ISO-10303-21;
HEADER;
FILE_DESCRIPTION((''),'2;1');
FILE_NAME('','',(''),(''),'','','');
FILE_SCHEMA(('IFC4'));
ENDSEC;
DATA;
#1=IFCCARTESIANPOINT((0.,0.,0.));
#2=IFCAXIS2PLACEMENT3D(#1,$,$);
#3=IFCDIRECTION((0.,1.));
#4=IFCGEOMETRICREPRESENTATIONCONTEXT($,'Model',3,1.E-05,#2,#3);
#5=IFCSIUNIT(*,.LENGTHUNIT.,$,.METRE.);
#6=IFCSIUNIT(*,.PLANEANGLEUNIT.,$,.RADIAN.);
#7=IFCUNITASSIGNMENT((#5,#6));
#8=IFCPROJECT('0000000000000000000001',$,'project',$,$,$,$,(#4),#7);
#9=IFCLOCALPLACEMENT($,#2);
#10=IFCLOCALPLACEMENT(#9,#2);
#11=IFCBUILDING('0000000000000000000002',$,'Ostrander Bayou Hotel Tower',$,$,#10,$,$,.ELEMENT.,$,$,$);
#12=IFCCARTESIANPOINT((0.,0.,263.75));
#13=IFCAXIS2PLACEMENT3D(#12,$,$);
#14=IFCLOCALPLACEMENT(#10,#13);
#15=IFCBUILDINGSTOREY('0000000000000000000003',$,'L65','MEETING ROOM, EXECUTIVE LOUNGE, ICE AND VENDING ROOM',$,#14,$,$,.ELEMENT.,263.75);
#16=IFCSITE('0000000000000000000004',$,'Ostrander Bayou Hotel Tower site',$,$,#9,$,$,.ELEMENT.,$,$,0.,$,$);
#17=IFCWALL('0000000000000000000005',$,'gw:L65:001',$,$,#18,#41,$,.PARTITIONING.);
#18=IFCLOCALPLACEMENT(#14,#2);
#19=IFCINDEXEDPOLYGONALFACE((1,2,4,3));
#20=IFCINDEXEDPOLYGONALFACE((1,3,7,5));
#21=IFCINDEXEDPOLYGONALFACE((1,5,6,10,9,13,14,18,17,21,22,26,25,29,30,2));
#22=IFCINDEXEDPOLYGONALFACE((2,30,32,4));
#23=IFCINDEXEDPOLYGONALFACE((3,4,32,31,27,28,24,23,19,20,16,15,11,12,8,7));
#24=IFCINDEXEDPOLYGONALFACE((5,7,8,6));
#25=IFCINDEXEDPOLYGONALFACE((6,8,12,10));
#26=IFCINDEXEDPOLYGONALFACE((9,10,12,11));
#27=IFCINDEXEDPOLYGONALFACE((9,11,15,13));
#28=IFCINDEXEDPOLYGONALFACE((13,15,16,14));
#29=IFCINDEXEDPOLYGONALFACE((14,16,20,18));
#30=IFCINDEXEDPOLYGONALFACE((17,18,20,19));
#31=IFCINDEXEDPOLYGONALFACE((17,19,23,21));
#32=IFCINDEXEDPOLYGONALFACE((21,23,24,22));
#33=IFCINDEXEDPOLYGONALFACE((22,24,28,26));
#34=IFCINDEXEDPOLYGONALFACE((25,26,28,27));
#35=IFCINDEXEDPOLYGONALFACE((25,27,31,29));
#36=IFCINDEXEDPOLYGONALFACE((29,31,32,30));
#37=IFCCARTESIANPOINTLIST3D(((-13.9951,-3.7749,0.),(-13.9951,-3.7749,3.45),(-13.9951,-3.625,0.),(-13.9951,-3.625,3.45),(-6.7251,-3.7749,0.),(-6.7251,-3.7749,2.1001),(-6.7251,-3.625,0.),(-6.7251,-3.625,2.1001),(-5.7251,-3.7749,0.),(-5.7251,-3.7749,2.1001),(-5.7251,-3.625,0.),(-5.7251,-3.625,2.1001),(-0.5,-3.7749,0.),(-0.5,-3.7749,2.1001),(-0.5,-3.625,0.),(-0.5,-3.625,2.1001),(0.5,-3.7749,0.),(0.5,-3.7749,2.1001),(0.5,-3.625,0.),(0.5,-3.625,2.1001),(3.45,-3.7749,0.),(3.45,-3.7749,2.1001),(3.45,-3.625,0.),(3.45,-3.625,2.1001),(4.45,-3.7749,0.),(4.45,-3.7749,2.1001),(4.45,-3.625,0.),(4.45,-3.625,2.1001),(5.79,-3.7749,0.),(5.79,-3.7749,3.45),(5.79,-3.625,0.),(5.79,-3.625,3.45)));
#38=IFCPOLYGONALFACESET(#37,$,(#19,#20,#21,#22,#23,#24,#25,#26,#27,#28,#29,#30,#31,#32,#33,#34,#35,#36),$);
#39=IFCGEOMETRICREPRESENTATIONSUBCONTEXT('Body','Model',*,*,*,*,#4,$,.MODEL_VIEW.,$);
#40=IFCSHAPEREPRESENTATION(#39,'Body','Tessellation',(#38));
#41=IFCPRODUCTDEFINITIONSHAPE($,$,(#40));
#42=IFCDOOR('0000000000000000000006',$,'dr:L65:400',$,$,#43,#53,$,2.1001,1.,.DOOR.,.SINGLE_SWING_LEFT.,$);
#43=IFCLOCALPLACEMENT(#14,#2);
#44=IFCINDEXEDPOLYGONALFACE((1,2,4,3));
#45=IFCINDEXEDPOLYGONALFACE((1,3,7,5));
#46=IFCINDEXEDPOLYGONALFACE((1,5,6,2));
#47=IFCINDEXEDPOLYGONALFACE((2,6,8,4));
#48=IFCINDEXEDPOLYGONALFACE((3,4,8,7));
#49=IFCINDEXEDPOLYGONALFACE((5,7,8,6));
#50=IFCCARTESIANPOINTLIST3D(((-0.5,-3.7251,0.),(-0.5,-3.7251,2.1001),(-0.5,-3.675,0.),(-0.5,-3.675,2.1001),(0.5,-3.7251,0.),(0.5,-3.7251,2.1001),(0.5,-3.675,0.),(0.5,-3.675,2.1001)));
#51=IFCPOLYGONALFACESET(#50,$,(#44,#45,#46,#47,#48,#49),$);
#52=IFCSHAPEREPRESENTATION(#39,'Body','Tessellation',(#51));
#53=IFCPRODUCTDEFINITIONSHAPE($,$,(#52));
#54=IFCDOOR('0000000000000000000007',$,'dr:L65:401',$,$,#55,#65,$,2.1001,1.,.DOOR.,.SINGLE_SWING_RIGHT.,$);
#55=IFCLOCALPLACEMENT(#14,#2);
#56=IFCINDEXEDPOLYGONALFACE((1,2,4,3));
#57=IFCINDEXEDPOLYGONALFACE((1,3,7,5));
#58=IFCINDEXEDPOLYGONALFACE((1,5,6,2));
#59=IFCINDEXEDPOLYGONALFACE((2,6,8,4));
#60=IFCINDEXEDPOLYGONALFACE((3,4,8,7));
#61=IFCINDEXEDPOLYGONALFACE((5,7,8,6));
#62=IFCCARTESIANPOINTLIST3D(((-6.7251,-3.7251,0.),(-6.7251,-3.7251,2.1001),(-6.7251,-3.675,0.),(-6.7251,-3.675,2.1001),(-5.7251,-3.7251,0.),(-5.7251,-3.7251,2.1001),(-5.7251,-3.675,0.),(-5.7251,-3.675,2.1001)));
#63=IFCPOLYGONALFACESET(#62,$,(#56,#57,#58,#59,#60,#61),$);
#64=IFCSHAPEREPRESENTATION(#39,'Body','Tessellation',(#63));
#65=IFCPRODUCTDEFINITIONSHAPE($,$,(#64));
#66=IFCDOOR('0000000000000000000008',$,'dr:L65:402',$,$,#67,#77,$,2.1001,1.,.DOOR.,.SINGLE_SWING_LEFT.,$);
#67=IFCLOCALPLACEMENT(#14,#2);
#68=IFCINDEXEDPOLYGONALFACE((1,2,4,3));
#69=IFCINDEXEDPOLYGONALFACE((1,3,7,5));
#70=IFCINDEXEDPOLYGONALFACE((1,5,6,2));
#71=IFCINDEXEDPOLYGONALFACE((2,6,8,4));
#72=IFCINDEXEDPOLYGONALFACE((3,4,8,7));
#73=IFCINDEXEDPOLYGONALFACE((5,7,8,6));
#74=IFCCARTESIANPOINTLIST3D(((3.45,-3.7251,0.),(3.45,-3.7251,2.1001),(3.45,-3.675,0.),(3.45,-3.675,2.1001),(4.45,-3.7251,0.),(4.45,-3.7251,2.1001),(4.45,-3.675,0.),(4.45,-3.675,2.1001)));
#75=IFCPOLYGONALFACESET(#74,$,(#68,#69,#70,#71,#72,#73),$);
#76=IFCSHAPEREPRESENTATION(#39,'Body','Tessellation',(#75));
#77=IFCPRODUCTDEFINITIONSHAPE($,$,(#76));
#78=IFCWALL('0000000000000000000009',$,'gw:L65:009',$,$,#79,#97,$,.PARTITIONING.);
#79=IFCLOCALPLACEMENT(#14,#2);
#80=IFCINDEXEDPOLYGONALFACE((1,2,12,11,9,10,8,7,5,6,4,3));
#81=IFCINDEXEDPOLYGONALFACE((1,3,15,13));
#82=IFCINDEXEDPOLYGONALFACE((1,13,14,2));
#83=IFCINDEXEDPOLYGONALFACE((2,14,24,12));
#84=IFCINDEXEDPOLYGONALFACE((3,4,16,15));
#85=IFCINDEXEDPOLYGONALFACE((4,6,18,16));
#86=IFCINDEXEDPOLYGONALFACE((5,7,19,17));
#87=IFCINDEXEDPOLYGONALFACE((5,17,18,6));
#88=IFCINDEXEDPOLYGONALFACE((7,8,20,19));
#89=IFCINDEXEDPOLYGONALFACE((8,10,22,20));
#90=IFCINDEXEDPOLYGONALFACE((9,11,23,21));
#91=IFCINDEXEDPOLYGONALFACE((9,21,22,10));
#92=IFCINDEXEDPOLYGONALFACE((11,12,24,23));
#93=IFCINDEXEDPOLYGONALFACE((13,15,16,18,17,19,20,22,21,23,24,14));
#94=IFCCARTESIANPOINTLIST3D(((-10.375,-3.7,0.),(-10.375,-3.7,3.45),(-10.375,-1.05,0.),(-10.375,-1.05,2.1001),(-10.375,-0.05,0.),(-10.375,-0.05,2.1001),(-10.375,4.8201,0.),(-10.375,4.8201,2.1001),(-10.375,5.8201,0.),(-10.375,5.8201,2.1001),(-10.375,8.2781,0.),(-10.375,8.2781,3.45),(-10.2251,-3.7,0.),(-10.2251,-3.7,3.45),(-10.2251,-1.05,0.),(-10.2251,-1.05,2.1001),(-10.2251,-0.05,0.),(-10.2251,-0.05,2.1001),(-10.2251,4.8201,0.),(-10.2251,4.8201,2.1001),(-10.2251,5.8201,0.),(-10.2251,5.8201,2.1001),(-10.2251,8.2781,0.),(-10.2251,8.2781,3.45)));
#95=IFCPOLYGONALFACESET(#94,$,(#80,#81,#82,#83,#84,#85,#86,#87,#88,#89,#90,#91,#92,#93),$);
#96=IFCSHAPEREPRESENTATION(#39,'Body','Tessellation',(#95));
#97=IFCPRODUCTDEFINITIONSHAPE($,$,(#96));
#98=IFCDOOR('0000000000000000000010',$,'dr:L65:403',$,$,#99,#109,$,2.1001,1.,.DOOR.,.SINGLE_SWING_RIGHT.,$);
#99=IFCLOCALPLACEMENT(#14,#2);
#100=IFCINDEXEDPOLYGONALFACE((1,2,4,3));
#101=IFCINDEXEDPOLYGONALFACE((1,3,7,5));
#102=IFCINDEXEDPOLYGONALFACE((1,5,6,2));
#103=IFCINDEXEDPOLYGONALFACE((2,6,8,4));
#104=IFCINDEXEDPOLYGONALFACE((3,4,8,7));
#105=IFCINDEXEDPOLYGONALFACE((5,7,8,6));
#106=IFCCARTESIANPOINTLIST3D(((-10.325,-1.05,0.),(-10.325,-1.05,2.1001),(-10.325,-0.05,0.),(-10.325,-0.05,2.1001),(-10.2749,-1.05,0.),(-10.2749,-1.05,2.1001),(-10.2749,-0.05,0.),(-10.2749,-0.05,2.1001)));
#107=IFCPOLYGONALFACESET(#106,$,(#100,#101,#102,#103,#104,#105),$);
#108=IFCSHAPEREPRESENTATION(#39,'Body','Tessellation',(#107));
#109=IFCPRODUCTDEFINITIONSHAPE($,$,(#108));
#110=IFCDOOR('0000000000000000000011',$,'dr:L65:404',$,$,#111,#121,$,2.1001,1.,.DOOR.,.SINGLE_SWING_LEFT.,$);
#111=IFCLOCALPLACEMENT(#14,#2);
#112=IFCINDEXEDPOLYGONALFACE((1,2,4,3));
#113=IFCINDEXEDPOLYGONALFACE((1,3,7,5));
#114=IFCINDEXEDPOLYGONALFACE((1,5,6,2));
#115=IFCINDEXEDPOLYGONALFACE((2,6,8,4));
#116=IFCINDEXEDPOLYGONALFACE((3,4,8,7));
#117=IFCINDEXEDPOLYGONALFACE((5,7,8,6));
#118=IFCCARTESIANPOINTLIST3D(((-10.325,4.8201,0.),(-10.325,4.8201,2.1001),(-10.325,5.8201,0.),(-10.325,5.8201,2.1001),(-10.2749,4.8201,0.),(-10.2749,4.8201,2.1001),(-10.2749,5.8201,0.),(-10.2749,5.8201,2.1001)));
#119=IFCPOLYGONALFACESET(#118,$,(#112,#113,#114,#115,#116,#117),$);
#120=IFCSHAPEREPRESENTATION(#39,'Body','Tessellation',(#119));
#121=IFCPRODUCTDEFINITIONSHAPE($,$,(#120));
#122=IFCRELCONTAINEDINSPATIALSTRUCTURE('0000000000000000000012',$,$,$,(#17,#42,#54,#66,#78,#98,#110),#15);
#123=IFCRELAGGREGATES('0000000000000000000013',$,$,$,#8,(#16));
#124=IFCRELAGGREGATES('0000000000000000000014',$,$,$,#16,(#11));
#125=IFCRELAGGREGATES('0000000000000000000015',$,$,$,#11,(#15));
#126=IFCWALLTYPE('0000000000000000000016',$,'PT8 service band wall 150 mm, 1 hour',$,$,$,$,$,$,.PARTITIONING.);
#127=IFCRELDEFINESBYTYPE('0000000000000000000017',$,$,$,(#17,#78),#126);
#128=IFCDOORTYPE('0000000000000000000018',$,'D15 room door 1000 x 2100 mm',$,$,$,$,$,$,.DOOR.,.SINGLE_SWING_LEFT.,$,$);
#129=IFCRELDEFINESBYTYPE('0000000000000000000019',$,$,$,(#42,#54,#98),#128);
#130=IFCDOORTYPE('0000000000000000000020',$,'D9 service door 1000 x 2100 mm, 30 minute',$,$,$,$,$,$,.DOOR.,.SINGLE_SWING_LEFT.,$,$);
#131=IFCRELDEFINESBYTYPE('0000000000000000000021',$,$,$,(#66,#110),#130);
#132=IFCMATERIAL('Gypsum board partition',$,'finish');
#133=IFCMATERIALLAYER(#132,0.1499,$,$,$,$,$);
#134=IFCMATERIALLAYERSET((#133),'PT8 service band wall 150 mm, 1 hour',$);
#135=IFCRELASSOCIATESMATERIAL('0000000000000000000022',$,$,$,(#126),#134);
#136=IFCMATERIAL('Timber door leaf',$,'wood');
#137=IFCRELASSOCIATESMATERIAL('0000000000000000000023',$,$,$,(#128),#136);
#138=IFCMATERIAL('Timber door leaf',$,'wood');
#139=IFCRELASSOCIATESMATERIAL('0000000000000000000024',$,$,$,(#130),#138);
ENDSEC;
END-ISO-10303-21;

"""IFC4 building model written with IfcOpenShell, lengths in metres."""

from ifc_helpers import new_model, si_unit, direction, frame, frame_2d, origin, place, context, subcontext, project, spatial, rectangle, extrude, material, layer, layer_set, type_object, element, fill, save


model = new_model("IFC4")

# Units and contexts
model_context = context("Model", 3, precision=1e-05, world=origin(), true_north=direction((0.0, 1.0)))
body_context = subcontext(model_context, "Body", "Model", "MODEL_VIEW")
ifc_project = project(units=[si_unit("LENGTHUNIT", "METRE"), si_unit("PLANEANGLEUNIT", "RADIAN")], contexts=[model_context])

# Site, building, storey
site_placement = place(None, origin())
site = spatial("IfcSite", under=ifc_project, at=site_placement, Name="Ostrander Bayou Hotel Tower site", CompositionType="ELEMENT", RefElevation=0.0)
building_placement = place(site_placement, origin())
building = spatial("IfcBuilding", under=site, at=building_placement, Name="Ostrander Bayou Hotel Tower", CompositionType="ELEMENT")
storey_placement = place(building_placement, frame((0.0, 0.0, 263.75)))
storey = spatial("IfcBuildingStorey", under=building, at=storey_placement, Name="L65", Description="MEETING ROOM, EXECUTIVE LOUNGE, ICE AND VENDING ROOM", CompositionType="ELEMENT", Elevation=263.75)

# Walls, openings, doors
ifc_material_1 = material(Name="Gypsum board partition", Category="finish")
ifc_layer_1 = layer(ifc_material_1, 0.1499)
ifc_layer_set_1 = layer_set([ifc_layer_1], Name="PT8 service band wall 150 mm, 1 hour")
wall_type_1 = type_object("IfcWallType", Name="PT8 service band wall 150 mm, 1 hour", PredefinedType="PARTITIONING", material=ifc_layer_set_1)
wall_1_placement = place(storey_placement, frame((-13.9951, -3.7, 0.0), z_axis=(0.0, 0.0, 1.0), x_axis=(1.0, 0.0, 0.0)))
wall_1 = element("IfcWall", 1, at=wall_1_placement, inside=storey, type_object=wall_type_1, Name="gw:L65:001", PredefinedType="PARTITIONING", context=body_context, shape_type="SweptSolid", body=[
    extrude(rectangle(XDim=19.7852, YDim=0.1499, at=frame_2d((9.8926, 0.0))), origin(), (0.0, 0.0, 1.0), 3.45),
])
opening_1_placement = place(wall_1_placement, frame((13.4951, 0.0, 0.0)))
opening_1 = element("IfcOpeningElement", 2, at=opening_1_placement, cuts=wall_1, PredefinedType="OPENING", context=body_context, shape_type="SweptSolid", body=[
    extrude(rectangle(XDim=1.0, YDim=2.1001, at=frame_2d((0.5, 1.05))), frame((0.0, 0.075, 0.0), z_axis=(0.0, -1.0, 0.0), x_axis=(1.0, 0.0, 0.0)), (0.0, 0.0, 1.0), 0.1499),
])
opening_2_placement = place(wall_1_placement, frame((7.27, 0.0, 0.0)))
opening_2 = element("IfcOpeningElement", 3, at=opening_2_placement, cuts=wall_1, PredefinedType="OPENING", context=body_context, shape_type="SweptSolid", body=[
    extrude(rectangle(XDim=1.0, YDim=2.1001, at=frame_2d((0.5, 1.05))), frame((0.0, 0.075, 0.0), z_axis=(0.0, -1.0, 0.0), x_axis=(1.0, 0.0, 0.0)), (0.0, 0.0, 1.0), 0.1499),
])
opening_3_placement = place(wall_1_placement, frame((17.4451, 0.0, 0.0)))
opening_3 = element("IfcOpeningElement", 4, at=opening_3_placement, cuts=wall_1, PredefinedType="OPENING", context=body_context, shape_type="SweptSolid", body=[
    extrude(rectangle(XDim=1.0, YDim=2.1001, at=frame_2d((0.5, 1.05))), frame((0.0, 0.075, 0.0), z_axis=(0.0, -1.0, 0.0), x_axis=(1.0, 0.0, 0.0)), (0.0, 0.0, 1.0), 0.1499),
])
ifc_material_2 = material(Name="Timber door leaf", Category="wood")
door_type_1 = type_object("IfcDoorType", Name="D15 room door 1000 x 2100 mm", OperationType="SINGLE_SWING_LEFT", PredefinedType="DOOR", material=ifc_material_2)
door_1_placement = place(opening_1_placement, origin())
door_1 = element("IfcDoor", 5, at=door_1_placement, inside=storey, type_object=door_type_1, Name="dr:L65:400", OperationType="SINGLE_SWING_LEFT", OverallHeight=2.1001, OverallWidth=1.0, PredefinedType="DOOR", context=body_context, shape_type="SweptSolid", body=[
    extrude(rectangle(XDim=1.0, YDim=2.1001, at=frame_2d((0.5, 1.05))), frame((0.0, 0.0249, 0.0), z_axis=(0.0, -1.0, 0.0), x_axis=(1.0, 0.0, 0.0)), (0.0, 0.0, 1.0), 0.05),
])
fill(opening_1, door_1)
door_2_placement = place(opening_2_placement, origin())
door_2 = element("IfcDoor", 6, at=door_2_placement, inside=storey, type_object=door_type_1, Name="dr:L65:401", OperationType="SINGLE_SWING_RIGHT", OverallHeight=2.1001, OverallWidth=1.0, PredefinedType="DOOR", context=body_context, shape_type="SweptSolid", body=[
    extrude(rectangle(XDim=1.0, YDim=2.1001, at=frame_2d((0.5, 1.05))), frame((0.0, 0.0249, 0.0), z_axis=(0.0, -1.0, 0.0), x_axis=(1.0, 0.0, 0.0)), (0.0, 0.0, 1.0), 0.05),
])
fill(opening_2, door_2)
ifc_material_3 = material(Name="Timber door leaf", Category="wood")
door_type_2 = type_object("IfcDoorType", Name="D9 service door 1000 x 2100 mm, 30 minute", OperationType="SINGLE_SWING_LEFT", PredefinedType="DOOR", material=ifc_material_3)
door_3_placement = place(opening_3_placement, origin())
door_3 = element("IfcDoor", 7, at=door_3_placement, inside=storey, type_object=door_type_2, Name="dr:L65:402", OperationType="SINGLE_SWING_LEFT", OverallHeight=2.1001, OverallWidth=1.0, PredefinedType="DOOR", context=body_context, shape_type="SweptSolid", body=[
    extrude(rectangle(XDim=1.0, YDim=2.1001, at=frame_2d((0.5, 1.05))), frame((0.0, 0.0249, 0.0), z_axis=(0.0, -1.0, 0.0), x_axis=(1.0, 0.0, 0.0)), (0.0, 0.0, 1.0), 0.05),
])
fill(opening_3, door_3)
wall_2_placement = place(storey_placement, frame((-10.3, -3.7, 0.0), z_axis=(0.0, 0.0, 1.0), x_axis=(0.0, 1.0, 0.0)))
wall_2 = element("IfcWall", 8, at=wall_2_placement, inside=storey, type_object=wall_type_1, Name="gw:L65:009", PredefinedType="PARTITIONING", context=body_context, shape_type="SweptSolid", body=[
    extrude(rectangle(XDim=11.978, YDim=0.1499, at=frame_2d((5.989, 0.0))), origin(), (0.0, 0.0, 1.0), 3.45),
])
opening_4_placement = place(wall_2_placement, frame((2.6499, 0.0, 0.0)))
opening_4 = element("IfcOpeningElement", 9, at=opening_4_placement, cuts=wall_2, PredefinedType="OPENING", context=body_context, shape_type="SweptSolid", body=[
    extrude(rectangle(XDim=1.0, YDim=2.1001, at=frame_2d((0.5, 1.05))), frame((0.0, 0.075, 0.0), z_axis=(0.0, -1.0, 0.0), x_axis=(1.0, 0.0, 0.0)), (0.0, 0.0, 1.0), 0.1499),
])
opening_5_placement = place(wall_2_placement, frame((8.52, 0.0, 0.0)))
opening_5 = element("IfcOpeningElement", 10, at=opening_5_placement, cuts=wall_2, PredefinedType="OPENING", context=body_context, shape_type="SweptSolid", body=[
    extrude(rectangle(XDim=1.0, YDim=2.1001, at=frame_2d((0.5, 1.05))), frame((0.0, 0.075, 0.0), z_axis=(0.0, -1.0, 0.0), x_axis=(1.0, 0.0, 0.0)), (0.0, 0.0, 1.0), 0.1499),
])
door_4_placement = place(opening_4_placement, origin())
door_4 = element("IfcDoor", 11, at=door_4_placement, inside=storey, type_object=door_type_1, Name="dr:L65:403", OperationType="SINGLE_SWING_RIGHT", OverallHeight=2.1001, OverallWidth=1.0, PredefinedType="DOOR", context=body_context, shape_type="SweptSolid", body=[
    extrude(rectangle(XDim=1.0, YDim=2.1001, at=frame_2d((0.5, 1.05))), frame((0.0, 0.0249, 0.0), z_axis=(0.0, -1.0, 0.0), x_axis=(1.0, 0.0, 0.0)), (0.0, 0.0, 1.0), 0.05),
])
fill(opening_4, door_4)
door_5_placement = place(opening_5_placement, origin())
door_5 = element("IfcDoor", 12, at=door_5_placement, inside=storey, type_object=door_type_2, Name="dr:L65:404", OperationType="SINGLE_SWING_LEFT", OverallHeight=2.1001, OverallWidth=1.0, PredefinedType="DOOR", context=body_context, shape_type="SweptSolid", body=[
    extrude(rectangle(XDim=1.0, YDim=2.1001, at=frame_2d((0.5, 1.05))), frame((0.0, 0.0249, 0.0), z_axis=(0.0, -1.0, 0.0), x_axis=(1.0, 0.0, 0.0)), (0.0, 0.0, 1.0), 0.05),
])
fill(opening_5, door_5)

save(model, "model.ifc")
